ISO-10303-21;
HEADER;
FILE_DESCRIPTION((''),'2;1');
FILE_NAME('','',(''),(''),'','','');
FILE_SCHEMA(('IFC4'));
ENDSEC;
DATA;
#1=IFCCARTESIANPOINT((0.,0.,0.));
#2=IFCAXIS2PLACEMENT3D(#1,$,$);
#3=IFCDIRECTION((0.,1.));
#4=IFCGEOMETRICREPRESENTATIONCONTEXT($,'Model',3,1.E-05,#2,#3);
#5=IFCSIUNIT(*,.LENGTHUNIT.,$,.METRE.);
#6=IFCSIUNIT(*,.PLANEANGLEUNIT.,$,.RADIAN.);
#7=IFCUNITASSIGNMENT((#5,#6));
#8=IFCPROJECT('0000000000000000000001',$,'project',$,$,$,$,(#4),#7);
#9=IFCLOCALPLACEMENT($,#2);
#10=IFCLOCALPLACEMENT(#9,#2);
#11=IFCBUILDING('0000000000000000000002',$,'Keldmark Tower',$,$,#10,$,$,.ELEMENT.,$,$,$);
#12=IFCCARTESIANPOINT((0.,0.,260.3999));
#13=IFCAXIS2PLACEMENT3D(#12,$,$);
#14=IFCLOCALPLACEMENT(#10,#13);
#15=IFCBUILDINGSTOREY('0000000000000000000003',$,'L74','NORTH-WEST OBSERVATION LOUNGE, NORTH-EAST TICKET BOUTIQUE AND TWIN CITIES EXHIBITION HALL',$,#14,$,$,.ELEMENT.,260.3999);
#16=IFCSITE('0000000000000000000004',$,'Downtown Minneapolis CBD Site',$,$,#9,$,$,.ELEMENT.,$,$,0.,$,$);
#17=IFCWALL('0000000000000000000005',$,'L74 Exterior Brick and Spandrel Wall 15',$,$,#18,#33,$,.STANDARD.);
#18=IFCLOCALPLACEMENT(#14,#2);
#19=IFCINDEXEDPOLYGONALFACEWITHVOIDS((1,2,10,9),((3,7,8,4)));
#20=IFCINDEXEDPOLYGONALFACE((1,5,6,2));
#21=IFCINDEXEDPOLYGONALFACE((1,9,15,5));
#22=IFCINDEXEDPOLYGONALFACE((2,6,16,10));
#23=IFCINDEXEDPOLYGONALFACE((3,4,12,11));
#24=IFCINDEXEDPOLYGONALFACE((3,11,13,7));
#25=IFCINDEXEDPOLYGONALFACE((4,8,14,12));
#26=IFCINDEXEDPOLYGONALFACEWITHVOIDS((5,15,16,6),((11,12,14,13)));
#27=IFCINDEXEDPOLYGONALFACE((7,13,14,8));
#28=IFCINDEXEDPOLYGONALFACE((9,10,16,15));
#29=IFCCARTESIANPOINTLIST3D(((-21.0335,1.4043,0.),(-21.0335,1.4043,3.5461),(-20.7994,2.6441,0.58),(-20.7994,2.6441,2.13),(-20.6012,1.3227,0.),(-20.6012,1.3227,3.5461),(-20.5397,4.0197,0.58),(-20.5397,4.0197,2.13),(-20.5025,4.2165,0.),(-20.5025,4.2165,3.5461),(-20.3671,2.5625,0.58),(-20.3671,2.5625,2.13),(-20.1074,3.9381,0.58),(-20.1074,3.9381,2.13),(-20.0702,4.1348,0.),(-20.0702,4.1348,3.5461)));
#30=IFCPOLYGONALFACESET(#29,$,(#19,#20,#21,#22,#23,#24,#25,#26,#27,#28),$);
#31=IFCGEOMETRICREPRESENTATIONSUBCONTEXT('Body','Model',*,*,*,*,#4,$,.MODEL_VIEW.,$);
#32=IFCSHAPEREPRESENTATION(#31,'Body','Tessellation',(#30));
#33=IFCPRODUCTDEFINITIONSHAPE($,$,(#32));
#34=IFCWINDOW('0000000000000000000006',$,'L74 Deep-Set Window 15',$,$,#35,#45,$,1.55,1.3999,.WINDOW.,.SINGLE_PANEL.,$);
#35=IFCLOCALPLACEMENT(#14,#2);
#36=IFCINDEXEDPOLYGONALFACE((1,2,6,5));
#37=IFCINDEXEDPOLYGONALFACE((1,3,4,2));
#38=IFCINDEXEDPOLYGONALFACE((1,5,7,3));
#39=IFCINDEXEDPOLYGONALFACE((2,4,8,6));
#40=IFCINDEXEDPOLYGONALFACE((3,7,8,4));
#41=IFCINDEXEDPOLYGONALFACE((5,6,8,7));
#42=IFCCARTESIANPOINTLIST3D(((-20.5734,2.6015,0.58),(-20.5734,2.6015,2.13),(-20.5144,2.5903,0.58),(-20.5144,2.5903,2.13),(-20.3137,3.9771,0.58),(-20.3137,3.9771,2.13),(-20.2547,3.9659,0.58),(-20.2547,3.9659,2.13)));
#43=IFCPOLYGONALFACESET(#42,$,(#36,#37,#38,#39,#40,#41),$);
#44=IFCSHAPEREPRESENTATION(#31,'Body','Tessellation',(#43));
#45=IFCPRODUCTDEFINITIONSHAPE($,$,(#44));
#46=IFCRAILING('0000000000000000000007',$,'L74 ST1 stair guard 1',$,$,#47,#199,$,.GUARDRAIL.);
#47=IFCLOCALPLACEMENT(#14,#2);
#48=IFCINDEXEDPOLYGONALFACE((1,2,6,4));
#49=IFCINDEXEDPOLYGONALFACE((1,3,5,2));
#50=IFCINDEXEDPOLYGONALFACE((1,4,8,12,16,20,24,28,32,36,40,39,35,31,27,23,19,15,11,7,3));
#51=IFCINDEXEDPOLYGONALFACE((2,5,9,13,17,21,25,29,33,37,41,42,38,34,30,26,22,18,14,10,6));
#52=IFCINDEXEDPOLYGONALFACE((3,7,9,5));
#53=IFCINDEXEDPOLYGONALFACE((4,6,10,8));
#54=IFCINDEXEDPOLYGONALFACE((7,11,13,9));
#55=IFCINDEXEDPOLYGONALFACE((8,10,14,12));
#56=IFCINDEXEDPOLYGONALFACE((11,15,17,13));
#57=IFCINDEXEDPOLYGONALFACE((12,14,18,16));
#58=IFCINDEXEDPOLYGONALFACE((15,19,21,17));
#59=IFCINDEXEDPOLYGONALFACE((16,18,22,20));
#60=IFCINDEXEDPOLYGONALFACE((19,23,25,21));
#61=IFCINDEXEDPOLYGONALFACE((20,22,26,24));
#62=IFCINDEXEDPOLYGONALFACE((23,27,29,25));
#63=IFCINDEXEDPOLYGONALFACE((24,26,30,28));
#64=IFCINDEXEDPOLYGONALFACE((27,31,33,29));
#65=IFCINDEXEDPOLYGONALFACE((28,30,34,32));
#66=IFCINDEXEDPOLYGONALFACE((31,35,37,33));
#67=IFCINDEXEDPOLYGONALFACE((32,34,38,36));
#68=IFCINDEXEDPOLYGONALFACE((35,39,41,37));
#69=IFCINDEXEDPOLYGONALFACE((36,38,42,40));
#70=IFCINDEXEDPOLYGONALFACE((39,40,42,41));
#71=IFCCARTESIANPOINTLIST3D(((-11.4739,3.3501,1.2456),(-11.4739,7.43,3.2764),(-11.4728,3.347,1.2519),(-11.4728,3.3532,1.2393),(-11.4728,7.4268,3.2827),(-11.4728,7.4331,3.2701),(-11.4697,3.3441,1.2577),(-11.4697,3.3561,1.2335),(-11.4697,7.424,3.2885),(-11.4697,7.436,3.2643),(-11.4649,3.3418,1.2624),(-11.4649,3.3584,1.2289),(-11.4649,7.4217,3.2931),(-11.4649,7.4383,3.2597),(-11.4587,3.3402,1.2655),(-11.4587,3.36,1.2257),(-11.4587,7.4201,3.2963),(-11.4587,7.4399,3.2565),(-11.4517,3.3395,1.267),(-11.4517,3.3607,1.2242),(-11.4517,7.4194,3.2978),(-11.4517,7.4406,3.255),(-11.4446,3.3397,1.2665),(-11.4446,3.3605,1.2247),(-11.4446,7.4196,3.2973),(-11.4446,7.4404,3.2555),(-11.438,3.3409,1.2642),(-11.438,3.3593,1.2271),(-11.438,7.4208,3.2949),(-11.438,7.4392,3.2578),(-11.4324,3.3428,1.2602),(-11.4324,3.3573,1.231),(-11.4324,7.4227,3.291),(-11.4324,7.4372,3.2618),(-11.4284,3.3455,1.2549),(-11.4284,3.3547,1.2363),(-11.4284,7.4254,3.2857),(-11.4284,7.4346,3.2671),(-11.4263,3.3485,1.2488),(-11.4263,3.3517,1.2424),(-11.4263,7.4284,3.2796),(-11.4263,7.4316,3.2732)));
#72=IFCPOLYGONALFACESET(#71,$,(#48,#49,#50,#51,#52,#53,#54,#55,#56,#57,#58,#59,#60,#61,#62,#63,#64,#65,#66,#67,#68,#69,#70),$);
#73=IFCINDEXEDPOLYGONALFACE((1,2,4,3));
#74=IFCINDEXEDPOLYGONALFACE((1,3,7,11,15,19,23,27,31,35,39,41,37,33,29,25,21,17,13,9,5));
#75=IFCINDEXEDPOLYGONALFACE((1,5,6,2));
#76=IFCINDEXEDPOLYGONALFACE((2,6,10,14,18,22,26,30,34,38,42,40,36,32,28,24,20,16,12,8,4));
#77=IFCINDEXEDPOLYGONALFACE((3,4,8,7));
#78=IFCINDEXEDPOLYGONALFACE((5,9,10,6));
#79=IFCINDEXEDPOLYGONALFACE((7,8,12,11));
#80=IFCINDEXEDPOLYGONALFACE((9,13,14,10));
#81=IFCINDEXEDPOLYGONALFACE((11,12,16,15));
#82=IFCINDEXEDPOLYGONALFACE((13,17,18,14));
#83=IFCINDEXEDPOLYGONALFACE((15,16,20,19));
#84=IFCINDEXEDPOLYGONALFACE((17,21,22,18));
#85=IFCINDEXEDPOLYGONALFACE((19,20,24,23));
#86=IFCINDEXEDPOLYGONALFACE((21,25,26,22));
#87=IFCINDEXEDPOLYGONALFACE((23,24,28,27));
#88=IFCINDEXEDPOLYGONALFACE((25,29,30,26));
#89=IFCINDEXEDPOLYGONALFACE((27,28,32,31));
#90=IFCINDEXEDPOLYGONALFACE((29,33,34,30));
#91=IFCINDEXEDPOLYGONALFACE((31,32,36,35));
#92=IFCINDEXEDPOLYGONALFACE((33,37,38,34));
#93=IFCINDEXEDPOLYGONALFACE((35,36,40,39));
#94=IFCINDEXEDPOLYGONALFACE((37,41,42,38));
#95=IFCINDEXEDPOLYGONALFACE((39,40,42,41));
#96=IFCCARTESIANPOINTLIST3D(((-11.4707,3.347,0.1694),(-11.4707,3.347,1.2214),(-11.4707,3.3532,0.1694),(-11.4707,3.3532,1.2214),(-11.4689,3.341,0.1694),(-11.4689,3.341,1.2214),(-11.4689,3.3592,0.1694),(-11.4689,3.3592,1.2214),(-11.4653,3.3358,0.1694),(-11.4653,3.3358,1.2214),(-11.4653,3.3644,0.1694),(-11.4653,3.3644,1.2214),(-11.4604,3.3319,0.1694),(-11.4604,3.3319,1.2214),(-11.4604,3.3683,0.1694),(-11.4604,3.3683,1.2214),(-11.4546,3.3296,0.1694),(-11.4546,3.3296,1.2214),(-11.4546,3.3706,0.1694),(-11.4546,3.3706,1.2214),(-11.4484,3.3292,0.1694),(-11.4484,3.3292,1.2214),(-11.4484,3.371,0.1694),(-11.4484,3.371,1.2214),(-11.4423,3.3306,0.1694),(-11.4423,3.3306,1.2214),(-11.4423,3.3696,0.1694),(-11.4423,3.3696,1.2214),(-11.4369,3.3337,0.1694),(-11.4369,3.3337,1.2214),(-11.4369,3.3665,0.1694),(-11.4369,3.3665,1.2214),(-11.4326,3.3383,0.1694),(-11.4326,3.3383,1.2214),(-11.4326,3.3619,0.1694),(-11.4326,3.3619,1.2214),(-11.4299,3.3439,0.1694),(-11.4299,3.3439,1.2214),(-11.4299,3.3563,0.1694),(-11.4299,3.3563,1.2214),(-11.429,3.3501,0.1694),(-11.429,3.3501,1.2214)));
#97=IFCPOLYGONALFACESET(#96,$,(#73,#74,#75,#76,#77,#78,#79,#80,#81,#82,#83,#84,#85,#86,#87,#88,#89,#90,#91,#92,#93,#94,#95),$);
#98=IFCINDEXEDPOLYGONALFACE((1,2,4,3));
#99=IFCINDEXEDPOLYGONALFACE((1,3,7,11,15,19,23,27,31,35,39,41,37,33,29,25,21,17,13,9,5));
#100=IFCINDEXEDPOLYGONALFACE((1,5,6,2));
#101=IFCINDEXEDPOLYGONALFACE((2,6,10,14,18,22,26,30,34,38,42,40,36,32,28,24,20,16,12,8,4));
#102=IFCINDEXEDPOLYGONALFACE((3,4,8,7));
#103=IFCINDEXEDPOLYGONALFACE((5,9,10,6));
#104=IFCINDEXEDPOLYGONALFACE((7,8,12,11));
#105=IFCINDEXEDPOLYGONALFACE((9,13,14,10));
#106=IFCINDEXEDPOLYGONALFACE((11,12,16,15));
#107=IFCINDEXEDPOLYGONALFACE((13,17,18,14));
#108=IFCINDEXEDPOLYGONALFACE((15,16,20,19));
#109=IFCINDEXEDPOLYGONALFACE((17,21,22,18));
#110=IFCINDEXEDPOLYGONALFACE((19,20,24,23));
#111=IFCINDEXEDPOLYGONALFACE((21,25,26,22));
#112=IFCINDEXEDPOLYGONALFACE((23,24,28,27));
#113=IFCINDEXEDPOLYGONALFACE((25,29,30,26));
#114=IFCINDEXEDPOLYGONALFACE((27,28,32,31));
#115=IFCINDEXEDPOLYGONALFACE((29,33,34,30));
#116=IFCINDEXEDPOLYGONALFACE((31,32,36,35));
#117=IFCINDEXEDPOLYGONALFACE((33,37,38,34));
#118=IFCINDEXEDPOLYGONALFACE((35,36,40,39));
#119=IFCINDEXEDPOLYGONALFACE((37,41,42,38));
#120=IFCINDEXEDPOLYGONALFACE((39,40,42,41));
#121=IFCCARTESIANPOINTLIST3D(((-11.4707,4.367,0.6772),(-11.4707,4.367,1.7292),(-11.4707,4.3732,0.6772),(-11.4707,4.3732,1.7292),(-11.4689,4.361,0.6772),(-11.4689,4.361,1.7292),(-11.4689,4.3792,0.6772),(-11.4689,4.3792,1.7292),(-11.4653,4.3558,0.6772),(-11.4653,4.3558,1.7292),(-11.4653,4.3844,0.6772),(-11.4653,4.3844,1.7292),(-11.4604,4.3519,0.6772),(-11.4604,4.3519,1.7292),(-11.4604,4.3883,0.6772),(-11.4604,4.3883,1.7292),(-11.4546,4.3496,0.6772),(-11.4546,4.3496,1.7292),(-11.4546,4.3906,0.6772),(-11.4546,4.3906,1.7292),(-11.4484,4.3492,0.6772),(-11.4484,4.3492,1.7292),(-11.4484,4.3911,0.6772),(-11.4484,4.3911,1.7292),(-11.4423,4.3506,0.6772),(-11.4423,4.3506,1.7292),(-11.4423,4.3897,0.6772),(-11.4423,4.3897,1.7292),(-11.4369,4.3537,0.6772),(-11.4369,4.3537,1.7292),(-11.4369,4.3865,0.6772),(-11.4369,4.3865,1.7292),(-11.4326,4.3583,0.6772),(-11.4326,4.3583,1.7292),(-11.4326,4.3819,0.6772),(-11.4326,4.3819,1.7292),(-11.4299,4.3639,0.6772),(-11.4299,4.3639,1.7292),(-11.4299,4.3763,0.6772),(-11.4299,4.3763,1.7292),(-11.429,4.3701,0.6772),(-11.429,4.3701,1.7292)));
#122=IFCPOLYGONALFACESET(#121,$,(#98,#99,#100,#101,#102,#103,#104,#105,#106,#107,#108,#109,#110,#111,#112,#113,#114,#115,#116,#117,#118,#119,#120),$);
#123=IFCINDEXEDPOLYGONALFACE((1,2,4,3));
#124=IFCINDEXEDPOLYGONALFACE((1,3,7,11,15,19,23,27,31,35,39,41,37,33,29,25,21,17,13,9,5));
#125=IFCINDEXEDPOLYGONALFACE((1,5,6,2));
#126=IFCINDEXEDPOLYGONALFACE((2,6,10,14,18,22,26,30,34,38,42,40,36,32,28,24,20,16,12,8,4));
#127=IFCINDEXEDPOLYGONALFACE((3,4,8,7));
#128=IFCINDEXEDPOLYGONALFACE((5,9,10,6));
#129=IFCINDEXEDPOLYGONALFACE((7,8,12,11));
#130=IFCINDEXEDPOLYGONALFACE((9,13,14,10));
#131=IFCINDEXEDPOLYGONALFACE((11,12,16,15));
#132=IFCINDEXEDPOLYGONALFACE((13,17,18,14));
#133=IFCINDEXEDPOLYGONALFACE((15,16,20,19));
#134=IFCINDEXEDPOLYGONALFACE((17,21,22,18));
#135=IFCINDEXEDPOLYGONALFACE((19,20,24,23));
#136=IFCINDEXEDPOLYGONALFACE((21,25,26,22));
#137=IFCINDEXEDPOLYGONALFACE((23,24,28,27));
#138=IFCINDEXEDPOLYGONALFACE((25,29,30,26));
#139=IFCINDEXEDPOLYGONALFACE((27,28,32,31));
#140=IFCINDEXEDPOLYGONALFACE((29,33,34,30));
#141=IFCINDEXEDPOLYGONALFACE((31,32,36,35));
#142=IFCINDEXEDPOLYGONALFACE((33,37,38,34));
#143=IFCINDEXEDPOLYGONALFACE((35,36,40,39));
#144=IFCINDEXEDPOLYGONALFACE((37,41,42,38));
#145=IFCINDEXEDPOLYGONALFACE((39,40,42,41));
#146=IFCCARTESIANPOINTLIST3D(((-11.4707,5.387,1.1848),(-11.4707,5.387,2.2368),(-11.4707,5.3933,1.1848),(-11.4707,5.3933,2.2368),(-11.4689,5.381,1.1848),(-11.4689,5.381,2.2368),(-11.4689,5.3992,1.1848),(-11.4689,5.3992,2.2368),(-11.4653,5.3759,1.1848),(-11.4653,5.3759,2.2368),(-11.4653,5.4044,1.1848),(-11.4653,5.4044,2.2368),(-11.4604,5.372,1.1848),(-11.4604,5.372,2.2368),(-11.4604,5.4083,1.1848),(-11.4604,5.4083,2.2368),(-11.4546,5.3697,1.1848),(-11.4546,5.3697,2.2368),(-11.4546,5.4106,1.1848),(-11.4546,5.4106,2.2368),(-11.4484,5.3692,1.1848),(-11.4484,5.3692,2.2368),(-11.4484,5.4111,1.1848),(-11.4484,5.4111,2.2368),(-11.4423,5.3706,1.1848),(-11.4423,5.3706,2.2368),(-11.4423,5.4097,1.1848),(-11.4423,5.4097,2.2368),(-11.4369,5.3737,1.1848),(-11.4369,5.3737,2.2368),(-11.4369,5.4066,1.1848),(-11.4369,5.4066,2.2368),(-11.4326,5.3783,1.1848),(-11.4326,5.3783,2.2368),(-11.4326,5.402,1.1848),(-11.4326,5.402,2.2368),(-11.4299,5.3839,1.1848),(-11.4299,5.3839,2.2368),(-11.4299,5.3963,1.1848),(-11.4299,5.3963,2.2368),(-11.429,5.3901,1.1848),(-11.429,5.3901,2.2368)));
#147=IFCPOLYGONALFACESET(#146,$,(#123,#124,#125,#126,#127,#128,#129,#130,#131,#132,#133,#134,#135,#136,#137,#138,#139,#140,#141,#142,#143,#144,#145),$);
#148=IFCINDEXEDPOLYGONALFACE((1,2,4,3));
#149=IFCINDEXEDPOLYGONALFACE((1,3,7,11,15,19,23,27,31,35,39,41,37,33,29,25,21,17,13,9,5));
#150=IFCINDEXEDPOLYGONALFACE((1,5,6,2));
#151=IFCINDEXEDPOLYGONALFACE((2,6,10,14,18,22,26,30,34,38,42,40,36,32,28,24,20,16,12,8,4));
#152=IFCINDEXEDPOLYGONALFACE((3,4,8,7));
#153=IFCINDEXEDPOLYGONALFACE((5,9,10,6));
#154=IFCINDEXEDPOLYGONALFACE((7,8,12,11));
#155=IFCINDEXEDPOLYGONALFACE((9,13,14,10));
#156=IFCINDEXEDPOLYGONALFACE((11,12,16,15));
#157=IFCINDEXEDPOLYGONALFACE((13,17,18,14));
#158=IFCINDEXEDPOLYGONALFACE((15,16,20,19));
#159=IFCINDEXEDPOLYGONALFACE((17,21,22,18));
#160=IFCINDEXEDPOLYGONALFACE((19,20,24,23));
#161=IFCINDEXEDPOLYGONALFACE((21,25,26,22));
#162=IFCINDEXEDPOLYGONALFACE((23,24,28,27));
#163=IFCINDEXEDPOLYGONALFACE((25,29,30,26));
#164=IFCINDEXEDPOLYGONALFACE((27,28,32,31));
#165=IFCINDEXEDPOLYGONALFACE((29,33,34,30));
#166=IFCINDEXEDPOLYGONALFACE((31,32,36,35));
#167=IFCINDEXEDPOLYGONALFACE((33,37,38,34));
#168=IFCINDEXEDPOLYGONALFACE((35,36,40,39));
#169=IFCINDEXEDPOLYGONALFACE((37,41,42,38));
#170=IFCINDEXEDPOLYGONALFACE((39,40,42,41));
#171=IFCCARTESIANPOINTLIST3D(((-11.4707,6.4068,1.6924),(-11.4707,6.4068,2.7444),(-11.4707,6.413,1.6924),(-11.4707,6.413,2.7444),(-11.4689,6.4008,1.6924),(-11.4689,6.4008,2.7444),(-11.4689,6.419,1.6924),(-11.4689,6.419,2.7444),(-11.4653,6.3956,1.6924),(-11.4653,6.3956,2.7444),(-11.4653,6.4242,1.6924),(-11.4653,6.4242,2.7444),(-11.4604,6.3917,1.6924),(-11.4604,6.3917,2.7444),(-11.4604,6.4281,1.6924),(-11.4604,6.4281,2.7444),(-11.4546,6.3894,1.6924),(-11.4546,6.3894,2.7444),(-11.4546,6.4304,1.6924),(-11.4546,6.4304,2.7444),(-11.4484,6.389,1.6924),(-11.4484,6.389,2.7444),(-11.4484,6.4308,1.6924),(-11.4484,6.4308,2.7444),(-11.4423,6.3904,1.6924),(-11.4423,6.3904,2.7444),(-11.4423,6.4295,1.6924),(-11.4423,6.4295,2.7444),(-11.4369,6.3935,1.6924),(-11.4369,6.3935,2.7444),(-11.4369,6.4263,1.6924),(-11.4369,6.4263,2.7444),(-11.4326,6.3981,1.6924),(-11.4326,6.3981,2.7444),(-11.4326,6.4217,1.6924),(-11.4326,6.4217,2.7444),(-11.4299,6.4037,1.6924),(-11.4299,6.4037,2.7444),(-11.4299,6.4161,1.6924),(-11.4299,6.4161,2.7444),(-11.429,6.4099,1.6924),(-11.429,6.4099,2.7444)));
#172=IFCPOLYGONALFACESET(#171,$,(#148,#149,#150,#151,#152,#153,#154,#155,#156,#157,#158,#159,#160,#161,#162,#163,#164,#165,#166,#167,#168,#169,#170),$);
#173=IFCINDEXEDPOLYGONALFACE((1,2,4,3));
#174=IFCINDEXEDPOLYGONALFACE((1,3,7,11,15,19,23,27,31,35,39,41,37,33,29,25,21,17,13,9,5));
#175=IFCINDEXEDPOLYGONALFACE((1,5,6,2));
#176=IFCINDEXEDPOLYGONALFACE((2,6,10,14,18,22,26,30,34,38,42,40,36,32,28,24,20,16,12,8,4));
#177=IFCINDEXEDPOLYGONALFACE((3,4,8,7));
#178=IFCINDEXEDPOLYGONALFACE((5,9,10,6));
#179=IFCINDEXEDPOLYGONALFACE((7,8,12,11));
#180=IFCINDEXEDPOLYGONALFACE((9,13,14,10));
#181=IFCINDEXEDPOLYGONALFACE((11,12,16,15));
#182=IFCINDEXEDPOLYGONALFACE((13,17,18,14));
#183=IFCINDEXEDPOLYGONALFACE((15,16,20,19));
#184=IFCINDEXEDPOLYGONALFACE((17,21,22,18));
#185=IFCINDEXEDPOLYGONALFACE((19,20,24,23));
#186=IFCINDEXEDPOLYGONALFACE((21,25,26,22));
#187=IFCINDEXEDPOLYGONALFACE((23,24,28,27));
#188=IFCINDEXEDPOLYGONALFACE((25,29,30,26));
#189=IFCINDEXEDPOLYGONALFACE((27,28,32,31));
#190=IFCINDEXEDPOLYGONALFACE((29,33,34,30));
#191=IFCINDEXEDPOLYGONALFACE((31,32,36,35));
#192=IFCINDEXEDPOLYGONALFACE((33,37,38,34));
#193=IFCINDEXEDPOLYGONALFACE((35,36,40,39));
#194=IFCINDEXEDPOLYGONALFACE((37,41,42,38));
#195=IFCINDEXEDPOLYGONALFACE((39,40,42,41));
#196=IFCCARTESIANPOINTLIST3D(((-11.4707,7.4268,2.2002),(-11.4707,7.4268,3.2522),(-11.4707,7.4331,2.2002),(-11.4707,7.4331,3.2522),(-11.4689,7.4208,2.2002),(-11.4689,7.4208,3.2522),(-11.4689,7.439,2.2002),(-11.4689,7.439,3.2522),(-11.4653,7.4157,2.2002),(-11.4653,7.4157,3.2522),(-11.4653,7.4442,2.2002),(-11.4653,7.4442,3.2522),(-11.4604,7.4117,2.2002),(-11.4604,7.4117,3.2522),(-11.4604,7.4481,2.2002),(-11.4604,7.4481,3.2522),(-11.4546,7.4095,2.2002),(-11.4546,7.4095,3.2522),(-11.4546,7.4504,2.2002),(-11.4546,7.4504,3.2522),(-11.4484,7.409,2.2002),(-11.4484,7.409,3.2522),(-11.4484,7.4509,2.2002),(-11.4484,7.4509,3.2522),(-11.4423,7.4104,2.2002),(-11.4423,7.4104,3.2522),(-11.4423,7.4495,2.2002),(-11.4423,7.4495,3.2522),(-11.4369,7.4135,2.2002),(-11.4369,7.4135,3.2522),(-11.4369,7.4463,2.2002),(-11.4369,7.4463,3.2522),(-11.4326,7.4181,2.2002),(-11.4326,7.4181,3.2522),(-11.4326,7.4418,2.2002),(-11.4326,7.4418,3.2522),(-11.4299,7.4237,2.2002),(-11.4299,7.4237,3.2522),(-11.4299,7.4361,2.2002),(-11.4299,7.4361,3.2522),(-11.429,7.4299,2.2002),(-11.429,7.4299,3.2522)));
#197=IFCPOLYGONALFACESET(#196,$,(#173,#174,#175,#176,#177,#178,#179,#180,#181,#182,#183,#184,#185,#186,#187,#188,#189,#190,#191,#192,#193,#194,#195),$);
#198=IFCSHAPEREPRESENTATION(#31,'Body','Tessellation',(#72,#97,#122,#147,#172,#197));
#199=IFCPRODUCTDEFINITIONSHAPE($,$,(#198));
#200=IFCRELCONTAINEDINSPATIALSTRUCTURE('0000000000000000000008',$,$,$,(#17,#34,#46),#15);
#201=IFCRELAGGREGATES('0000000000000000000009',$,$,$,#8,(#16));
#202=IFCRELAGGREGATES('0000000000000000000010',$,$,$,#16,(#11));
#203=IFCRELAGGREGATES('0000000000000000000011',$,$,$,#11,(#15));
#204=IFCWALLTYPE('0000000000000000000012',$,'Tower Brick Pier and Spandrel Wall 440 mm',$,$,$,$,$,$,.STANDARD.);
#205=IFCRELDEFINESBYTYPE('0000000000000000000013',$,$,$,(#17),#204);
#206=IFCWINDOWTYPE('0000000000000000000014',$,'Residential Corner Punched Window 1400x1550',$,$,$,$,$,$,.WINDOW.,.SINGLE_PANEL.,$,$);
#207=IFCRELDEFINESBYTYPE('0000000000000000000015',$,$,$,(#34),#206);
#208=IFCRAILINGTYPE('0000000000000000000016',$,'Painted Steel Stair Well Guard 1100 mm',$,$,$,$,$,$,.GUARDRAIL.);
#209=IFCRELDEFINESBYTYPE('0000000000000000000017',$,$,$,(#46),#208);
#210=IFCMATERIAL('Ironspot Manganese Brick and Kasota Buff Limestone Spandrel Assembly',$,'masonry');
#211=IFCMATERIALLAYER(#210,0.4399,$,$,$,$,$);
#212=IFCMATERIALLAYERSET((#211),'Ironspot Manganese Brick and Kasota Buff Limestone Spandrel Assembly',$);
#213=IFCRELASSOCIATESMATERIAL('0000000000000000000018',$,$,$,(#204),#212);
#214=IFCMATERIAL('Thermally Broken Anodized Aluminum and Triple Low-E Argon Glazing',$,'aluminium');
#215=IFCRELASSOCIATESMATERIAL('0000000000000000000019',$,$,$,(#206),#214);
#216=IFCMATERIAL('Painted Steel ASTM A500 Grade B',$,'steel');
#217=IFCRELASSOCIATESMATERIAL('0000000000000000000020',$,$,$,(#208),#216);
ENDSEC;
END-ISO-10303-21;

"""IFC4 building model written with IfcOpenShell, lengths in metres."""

from ifc_helpers import new_model, si_unit, direction, frame, frame_2d, origin, origin_2d, place, context, subcontext, project, spatial, rectangle, circle, extrude, material, layer, layer_set, type_object, element, fill, save


model = new_model("IFC4")

# Units and contexts
model_context = context("Model", 3, precision=1e-05, world=origin(), true_north=direction((0.0, 1.0)))
body_context = subcontext(model_context, "Body", "Model", "MODEL_VIEW")
ifc_project = project(units=[si_unit("LENGTHUNIT", "METRE"), si_unit("PLANEANGLEUNIT", "RADIAN")], contexts=[model_context])

# Site, building, storey
site_placement = place(None, origin())
site = spatial("IfcSite", under=ifc_project, at=site_placement, Name="Downtown Minneapolis CBD Site", CompositionType="ELEMENT", RefElevation=0.0)
building_placement = place(site_placement, origin())
building = spatial("IfcBuilding", under=site, at=building_placement, Name="Keldmark Tower", CompositionType="ELEMENT")
storey_placement = place(building_placement, frame((0.0, 0.0, 260.3999)))
storey = spatial("IfcBuildingStorey", under=building, at=storey_placement, Name="L74", Description="NORTH-WEST OBSERVATION LOUNGE, NORTH-EAST TICKET BOUTIQUE AND TWIN CITIES EXHIBITION HALL", CompositionType="ELEMENT", Elevation=260.3999)

# Wall, opening, window
ifc_material_1 = material(Name="Ironspot Manganese Brick and Kasota Buff Limestone Spandrel Assembly", Category="masonry")
ifc_layer_1 = layer(ifc_material_1, 0.4399)
ifc_layer_set_1 = layer_set([ifc_layer_1], Name="Ironspot Manganese Brick and Kasota Buff Limestone Spandrel Assembly")
wall_type_1 = type_object("IfcWallType", Name="Tower Brick Pier and Spandrel Wall 440 mm", PredefinedType="STANDARD", material=ifc_layer_set_1)
ifc_material_2 = material(Name="Thermally Broken Anodized Aluminum and Triple Low-E Argon Glazing", Category="aluminium")
window_type = type_object("IfcWindowType", Name="Residential Corner Punched Window 1400x1550", PartitioningType="SINGLE_PANEL", PredefinedType="WINDOW", material=ifc_material_2)
wall_1_placement = place(storey_placement, frame((-20.8174, 1.3635, 0.0), z_axis=(0.0, 0.0, 1.0), x_axis=(0.185556, 0.982634, 0.0)))
wall_1 = element("IfcWall", 1, at=wall_1_placement, inside=storey, type_object=wall_type_1, Name="L74 Exterior Brick and Spandrel Wall 15", PredefinedType="STANDARD", context=body_context, shape_type="SweptSolid", body=[
    extrude(rectangle(XDim=2.8618, YDim=0.4399, at=frame_2d((1.4309, 0.0))), origin(), (0.0, 0.0, 1.0), 3.5461),
])
opening_1_placement = place(wall_1_placement, frame((1.2617, 0.0, 0.5801)))
opening_1 = element("IfcOpeningElement", 2, at=opening_1_placement, cuts=wall_1, PredefinedType="OPENING", context=body_context, shape_type="SweptSolid", body=[
    extrude(rectangle(XDim=1.3999, YDim=1.55, at=frame_2d((0.7, 0.7749))), frame((0.0, 0.23, 0.0), z_axis=(0.0, -1.0, 0.0), x_axis=(1.0, 0.0, 0.0)), (0.0, 0.0, 1.0), 0.46),
])
window_1_placement = place(opening_1_placement, origin())
window_1 = element("IfcWindow", 3, at=window_1_placement, inside=storey, type_object=window_type, Name="L74 Deep-Set Window 15", OverallHeight=1.55, OverallWidth=1.3999, PartitioningType="SINGLE_PANEL", PredefinedType="WINDOW", context=body_context, shape_type="SweptSolid", body=[
    extrude(rectangle(XDim=1.3999, YDim=1.55, at=frame_2d((0.7, 0.7749))), frame((0.0, -0.01, 0.0), z_axis=(0.0, -1.0, 0.0), x_axis=(1.0, 0.0, 0.0)), (0.0, 0.0, 1.0), 0.0601),
])
fill(opening_1, window_1)

# Railing
ifc_material_3 = material(Name="Painted Steel ASTM A500 Grade B", Category="steel")
railing_type = type_object("IfcRailingType", Name="Painted Steel Stair Well Guard 1100 mm", PredefinedType="GUARDRAIL", material=ifc_material_3)
railing_1_placement = place(storey_placement, frame((-11.45, 3.3501, 0.1694)))
element("IfcRailing", 4, at=railing_1_placement, inside=storey, type_object=railing_type, Name="L74 ST1 stair guard 1", PredefinedType="GUARDRAIL", context=body_context, shape_type="SweptSolid", body=[
    extrude(circle(Radius=0.0239, at=origin_2d()), frame((0.0, 0.0, 1.0762), z_axis=(0.0, 0.895229, 0.445606), x_axis=(-1.0, 0.0, 0.0)), (0.0, 0.0, 1.0), 4.5574),
    extrude(circle(Radius=0.021, at=origin_2d()), origin(), (0.0, 0.0, 1.0), 1.052),
    extrude(circle(Radius=0.021, at=origin_2d()), frame((0.0, 1.02, 0.5078)), (0.0, 0.0, 1.0), 1.052),
    extrude(circle(Radius=0.021, at=origin_2d()), frame((0.0, 2.04, 1.0154)), (0.0, 0.0, 1.0), 1.052),
    extrude(circle(Radius=0.021, at=origin_2d()), frame((0.0, 3.0598, 1.5229)), (0.0, 0.0, 1.0), 1.052),
    extrude(circle(Radius=0.021, at=origin_2d()), frame((0.0, 4.0798, 2.0308)), (0.0, 0.0, 1.0), 1.052),
])

save(model, "model.ifc")
